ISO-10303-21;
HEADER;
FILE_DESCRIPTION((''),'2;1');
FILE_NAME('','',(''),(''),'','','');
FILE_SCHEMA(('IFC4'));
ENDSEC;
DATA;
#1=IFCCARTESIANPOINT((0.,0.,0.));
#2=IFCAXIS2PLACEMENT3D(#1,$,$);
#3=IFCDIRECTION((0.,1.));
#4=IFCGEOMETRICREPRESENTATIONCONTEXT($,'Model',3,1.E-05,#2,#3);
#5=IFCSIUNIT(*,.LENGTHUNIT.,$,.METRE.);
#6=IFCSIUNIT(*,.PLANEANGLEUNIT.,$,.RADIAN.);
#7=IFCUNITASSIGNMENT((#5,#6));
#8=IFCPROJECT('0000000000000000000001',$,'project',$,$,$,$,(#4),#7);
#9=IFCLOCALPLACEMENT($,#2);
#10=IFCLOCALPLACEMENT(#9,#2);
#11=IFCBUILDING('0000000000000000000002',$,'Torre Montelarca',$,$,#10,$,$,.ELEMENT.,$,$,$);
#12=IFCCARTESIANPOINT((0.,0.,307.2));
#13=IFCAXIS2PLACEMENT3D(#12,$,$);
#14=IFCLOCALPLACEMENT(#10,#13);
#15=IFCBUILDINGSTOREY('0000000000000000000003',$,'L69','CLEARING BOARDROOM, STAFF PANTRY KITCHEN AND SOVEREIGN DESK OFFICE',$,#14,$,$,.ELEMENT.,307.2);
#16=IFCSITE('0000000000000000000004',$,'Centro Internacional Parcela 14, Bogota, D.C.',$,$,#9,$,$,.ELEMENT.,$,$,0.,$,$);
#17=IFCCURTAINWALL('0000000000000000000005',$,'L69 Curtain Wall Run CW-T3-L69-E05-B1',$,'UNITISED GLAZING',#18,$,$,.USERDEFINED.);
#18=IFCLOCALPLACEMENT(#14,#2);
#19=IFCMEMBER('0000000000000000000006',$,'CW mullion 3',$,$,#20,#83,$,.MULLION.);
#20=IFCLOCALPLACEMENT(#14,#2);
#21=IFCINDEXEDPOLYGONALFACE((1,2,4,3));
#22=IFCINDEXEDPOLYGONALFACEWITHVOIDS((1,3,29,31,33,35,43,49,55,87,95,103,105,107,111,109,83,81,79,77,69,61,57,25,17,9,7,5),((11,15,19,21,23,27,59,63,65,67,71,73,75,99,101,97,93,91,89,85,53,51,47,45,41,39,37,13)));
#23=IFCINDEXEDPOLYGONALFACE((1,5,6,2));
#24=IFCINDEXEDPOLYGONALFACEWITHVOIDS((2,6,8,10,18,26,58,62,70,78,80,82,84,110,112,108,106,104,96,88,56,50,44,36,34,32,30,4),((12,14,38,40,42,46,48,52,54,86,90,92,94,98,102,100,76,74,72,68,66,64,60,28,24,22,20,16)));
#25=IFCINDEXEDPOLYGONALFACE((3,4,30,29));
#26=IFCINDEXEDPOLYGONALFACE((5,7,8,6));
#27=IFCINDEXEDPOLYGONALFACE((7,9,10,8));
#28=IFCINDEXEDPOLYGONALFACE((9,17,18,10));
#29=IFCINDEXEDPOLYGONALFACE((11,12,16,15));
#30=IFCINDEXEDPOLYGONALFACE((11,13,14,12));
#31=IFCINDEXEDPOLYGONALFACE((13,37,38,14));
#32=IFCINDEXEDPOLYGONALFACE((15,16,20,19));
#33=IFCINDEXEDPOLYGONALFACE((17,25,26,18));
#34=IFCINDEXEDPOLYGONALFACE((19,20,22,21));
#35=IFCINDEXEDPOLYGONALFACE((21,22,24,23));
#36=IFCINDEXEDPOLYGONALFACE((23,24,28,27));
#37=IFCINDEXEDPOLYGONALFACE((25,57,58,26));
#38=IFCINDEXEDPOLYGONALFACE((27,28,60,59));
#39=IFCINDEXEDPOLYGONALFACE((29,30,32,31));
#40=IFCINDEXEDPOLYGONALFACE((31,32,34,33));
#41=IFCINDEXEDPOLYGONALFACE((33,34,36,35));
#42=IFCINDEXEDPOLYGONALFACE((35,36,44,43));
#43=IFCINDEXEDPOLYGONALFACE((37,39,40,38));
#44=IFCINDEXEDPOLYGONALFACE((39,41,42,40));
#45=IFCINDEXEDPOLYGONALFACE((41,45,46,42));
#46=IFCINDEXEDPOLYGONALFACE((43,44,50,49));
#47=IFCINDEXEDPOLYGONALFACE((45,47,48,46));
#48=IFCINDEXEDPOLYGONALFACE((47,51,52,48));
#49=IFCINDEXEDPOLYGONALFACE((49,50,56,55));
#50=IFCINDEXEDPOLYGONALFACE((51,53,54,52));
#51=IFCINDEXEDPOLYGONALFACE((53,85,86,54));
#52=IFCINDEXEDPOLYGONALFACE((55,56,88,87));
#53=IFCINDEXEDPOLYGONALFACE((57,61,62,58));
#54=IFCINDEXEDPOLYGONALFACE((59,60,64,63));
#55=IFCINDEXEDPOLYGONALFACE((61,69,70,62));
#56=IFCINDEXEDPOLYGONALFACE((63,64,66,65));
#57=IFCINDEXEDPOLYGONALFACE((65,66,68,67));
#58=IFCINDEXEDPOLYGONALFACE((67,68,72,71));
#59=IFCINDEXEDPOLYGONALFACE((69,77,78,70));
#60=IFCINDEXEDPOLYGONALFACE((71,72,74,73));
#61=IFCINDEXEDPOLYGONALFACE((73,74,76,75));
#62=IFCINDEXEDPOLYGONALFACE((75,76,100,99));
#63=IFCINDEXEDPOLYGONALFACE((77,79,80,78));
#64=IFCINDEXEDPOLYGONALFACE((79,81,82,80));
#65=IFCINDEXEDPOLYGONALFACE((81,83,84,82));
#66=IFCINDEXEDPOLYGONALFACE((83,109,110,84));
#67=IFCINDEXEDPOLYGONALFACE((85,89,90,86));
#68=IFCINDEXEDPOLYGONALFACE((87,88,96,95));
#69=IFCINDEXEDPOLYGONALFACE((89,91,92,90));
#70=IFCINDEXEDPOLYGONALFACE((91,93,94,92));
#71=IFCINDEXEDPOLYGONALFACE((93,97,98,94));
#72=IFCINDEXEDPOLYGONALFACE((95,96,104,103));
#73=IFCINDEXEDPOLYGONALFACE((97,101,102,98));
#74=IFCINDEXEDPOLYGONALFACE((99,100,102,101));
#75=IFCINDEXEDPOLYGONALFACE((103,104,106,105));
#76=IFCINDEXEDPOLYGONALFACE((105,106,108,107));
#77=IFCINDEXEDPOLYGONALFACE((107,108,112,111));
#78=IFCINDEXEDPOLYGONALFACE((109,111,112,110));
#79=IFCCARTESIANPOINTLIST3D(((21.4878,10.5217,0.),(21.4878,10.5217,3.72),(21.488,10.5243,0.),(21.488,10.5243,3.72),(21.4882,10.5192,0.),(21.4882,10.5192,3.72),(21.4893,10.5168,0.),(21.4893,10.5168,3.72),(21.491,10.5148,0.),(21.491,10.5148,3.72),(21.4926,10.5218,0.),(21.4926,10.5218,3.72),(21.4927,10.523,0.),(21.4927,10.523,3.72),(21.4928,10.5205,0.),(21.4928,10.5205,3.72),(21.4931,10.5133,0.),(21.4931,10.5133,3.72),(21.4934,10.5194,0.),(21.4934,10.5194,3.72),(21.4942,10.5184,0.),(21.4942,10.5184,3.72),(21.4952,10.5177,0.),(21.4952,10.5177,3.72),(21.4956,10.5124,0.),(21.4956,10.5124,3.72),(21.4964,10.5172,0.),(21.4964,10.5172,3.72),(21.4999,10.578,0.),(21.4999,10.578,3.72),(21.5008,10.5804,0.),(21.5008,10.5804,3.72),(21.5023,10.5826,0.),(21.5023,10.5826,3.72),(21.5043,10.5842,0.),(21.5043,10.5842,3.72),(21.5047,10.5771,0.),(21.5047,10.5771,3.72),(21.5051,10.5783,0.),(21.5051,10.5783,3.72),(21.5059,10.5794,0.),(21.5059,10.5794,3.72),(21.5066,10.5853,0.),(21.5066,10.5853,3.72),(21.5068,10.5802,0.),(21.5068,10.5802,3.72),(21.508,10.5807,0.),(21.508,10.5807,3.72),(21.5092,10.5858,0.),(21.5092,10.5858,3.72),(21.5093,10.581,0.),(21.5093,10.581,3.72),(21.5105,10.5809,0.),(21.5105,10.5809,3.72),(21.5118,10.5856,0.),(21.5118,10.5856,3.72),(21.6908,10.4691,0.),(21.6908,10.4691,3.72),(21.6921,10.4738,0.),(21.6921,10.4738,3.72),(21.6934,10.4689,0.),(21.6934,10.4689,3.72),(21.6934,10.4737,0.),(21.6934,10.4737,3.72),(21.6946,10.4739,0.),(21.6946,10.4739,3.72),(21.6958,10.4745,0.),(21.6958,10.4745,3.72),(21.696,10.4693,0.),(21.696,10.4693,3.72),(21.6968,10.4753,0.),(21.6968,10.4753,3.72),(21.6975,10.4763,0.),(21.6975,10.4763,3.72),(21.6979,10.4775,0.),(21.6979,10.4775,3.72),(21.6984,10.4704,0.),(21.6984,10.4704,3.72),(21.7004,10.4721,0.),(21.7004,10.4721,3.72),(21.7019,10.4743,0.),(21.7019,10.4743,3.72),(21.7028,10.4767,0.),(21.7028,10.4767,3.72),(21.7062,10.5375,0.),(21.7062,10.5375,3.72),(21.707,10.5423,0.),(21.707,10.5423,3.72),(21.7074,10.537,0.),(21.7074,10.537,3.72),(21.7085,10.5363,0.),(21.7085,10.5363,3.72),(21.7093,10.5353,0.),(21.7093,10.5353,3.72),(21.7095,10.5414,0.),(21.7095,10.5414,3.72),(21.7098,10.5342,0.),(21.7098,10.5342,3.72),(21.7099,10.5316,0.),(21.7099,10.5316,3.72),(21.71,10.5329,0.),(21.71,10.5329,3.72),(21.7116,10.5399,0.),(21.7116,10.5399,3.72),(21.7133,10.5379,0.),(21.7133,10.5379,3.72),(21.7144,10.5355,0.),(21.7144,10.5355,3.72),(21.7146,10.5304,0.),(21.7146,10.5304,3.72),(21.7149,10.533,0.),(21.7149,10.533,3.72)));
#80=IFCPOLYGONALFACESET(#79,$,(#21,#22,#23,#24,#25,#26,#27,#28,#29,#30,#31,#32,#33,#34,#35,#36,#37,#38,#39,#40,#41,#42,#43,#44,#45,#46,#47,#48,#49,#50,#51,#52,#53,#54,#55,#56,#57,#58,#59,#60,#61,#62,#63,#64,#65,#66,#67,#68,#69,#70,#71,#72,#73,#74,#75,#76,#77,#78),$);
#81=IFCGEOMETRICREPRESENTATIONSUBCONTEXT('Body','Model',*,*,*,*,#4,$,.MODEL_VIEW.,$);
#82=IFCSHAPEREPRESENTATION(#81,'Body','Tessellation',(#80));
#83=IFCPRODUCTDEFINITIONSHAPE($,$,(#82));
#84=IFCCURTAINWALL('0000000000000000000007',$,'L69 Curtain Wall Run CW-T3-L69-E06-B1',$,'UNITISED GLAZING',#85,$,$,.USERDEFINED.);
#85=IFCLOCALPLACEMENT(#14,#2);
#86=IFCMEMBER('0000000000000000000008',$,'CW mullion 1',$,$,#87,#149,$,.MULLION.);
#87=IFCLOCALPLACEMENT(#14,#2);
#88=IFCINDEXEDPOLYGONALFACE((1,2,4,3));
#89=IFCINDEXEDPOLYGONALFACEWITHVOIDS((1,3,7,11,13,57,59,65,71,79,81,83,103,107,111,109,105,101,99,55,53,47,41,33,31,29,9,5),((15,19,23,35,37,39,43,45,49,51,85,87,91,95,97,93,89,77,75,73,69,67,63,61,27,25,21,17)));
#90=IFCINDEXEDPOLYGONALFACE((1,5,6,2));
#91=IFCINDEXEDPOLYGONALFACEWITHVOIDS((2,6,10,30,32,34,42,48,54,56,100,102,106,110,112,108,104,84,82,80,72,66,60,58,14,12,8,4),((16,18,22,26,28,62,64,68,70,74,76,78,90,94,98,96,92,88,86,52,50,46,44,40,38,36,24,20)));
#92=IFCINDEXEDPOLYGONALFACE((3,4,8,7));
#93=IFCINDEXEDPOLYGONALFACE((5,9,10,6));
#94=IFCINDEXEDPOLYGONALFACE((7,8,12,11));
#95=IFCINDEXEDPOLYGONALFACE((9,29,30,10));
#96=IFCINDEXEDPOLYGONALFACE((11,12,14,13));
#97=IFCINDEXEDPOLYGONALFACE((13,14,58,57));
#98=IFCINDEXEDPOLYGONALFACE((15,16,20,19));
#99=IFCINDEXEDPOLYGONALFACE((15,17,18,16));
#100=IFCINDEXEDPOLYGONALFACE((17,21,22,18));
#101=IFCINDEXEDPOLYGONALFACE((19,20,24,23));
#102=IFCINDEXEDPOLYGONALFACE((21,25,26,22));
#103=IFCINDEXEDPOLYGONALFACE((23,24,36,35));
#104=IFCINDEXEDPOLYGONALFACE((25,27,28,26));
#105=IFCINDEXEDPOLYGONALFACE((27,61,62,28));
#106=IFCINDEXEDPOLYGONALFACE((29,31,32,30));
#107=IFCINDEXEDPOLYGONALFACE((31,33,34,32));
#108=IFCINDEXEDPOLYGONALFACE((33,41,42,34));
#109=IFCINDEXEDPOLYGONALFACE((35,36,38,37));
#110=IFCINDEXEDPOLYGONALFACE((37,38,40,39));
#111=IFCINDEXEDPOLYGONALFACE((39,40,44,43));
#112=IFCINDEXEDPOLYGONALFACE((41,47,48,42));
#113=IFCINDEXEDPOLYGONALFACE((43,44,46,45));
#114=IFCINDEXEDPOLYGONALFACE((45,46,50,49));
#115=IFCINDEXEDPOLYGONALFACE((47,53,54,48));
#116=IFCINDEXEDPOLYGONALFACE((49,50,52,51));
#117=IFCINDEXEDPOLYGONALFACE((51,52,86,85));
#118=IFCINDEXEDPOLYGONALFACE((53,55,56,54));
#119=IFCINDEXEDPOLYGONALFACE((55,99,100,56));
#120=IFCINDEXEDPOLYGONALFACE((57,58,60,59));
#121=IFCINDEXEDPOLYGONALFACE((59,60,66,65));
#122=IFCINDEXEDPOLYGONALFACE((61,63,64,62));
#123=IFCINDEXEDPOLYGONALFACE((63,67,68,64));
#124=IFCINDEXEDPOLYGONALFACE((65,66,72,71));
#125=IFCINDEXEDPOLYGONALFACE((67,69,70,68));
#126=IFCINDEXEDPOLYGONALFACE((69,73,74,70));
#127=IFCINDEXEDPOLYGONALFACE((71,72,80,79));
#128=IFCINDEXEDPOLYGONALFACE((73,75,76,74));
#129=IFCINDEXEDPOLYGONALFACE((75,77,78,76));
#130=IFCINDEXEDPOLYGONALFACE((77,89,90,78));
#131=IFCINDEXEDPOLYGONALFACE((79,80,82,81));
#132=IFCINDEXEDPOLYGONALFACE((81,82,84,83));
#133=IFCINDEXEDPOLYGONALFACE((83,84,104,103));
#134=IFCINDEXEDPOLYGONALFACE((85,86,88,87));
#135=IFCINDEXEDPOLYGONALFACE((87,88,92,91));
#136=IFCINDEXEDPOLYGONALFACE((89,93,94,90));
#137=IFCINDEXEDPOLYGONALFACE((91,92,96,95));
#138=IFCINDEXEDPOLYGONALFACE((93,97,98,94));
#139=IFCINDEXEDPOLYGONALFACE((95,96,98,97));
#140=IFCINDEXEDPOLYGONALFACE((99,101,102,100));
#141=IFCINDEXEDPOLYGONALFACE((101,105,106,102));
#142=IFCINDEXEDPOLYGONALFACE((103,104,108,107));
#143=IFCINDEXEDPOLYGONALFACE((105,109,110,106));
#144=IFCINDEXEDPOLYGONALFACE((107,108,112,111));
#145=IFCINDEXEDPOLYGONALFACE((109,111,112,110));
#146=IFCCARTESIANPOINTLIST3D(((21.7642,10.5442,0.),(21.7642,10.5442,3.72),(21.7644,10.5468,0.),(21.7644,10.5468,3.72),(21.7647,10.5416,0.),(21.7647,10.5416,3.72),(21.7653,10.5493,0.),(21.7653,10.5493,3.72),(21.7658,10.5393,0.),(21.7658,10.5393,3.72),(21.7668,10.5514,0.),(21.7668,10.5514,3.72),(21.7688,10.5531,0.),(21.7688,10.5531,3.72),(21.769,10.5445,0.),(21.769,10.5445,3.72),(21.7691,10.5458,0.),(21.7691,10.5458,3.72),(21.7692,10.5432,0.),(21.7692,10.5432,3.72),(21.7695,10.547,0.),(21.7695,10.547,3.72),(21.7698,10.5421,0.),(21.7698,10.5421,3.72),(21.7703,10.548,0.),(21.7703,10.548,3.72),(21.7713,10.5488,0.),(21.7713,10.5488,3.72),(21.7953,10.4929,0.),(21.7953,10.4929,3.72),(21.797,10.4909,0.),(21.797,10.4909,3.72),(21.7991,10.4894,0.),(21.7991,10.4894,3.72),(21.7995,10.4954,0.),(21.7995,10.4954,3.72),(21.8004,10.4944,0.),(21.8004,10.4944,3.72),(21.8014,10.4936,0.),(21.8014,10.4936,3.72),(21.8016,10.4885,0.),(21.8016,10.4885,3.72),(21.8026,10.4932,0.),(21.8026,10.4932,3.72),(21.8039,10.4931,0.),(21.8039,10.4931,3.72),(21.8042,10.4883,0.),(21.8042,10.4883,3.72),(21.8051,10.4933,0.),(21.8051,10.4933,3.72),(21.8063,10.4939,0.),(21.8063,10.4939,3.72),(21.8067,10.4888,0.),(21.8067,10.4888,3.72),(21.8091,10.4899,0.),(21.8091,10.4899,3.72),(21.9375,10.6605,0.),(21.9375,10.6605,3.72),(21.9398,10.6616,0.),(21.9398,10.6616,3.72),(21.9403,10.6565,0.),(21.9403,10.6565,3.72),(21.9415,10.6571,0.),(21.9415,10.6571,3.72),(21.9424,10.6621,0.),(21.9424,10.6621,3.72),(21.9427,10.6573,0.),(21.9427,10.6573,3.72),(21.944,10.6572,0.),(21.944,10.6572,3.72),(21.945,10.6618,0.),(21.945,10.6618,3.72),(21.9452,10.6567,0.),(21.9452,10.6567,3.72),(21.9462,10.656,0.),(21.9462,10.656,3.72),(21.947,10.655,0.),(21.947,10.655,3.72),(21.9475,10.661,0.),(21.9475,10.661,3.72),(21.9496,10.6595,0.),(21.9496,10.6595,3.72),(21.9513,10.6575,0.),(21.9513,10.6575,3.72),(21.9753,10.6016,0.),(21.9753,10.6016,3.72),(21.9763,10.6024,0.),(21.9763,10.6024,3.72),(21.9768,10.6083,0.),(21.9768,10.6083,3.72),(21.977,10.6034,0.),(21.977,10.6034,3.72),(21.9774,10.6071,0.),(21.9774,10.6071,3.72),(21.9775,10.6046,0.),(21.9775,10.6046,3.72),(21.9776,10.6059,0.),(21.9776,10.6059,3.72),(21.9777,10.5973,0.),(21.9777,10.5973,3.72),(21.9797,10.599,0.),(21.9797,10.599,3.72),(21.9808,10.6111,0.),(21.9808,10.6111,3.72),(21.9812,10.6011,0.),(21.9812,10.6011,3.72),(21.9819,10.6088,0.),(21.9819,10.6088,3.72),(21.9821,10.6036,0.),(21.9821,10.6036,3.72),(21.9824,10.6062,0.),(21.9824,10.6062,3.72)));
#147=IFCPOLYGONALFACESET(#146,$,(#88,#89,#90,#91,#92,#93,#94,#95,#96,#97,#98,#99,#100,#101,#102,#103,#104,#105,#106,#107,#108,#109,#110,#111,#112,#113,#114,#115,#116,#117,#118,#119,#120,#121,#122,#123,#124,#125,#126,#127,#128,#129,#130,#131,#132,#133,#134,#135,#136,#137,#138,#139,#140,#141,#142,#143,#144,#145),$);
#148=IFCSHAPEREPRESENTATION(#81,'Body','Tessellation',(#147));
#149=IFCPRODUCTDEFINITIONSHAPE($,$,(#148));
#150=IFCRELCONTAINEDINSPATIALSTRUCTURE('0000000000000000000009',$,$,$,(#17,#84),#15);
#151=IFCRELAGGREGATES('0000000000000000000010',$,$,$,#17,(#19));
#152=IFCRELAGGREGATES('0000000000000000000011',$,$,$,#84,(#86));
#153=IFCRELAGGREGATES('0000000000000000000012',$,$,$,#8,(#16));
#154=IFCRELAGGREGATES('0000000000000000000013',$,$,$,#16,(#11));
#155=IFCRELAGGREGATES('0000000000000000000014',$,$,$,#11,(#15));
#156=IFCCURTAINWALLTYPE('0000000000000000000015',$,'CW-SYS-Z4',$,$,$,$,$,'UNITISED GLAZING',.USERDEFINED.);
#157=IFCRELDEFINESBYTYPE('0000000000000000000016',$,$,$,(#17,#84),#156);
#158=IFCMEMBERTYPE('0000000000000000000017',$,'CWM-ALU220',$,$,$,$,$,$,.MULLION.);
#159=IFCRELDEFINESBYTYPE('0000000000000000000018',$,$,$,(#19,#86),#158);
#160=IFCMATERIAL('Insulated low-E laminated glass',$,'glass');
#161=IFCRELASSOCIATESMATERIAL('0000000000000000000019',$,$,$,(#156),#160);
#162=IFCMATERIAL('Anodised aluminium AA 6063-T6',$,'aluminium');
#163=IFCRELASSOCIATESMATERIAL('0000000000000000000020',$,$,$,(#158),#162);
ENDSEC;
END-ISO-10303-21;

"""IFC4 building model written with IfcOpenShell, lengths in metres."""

from ifc_helpers import new_model, si_unit, direction, frame, origin, origin_2d, place, context, subcontext, project, spatial, hollow_rectangle, extrude, source, transform, mapped, material, material_profile, profile_set, type_object, element, aggregate, save


model = new_model("IFC4")

# Units and contexts
model_context = context("Model", 3, precision=1e-05, world=origin(), true_north=direction((0.0, 1.0)))
body_context = subcontext(model_context, "Body", "Model", "MODEL_VIEW")
ifc_project = project(units=[si_unit("LENGTHUNIT", "METRE"), si_unit("PLANEANGLEUNIT", "RADIAN")], contexts=[model_context])

# Site, building, storey
site_placement = place(None, origin())
site = spatial("IfcSite", under=ifc_project, at=site_placement, Name="Centro Internacional Parcela 14, Bogota, D.C.", CompositionType="ELEMENT", RefElevation=0.0)
building_placement = place(site_placement, origin())
building = spatial("IfcBuilding", under=site, at=building_placement, Name="Torre Montelarca", CompositionType="ELEMENT")
storey_placement = place(building_placement, frame((0.0, 0.0, 307.2)))
storey = spatial("IfcBuildingStorey", under=building, at=storey_placement, Name="L69", Description="CLEARING BOARDROOM, STAFF PANTRY KITCHEN AND SOVEREIGN DESK OFFICE", CompositionType="ELEMENT", Elevation=307.2)

# Curtain wall, member
ifc_material_1 = material(Name="Insulated low-E laminated glass", Category="glass")
curtain_wall_type = type_object("IfcCurtainWallType", Name="CW-SYS-Z4", ElementType="UNITISED GLAZING", PredefinedType="USERDEFINED", material=ifc_material_1)
curtain_wall_1_placement = place(storey_placement, origin())
curtain_wall_1 = element("IfcCurtainWall", 1, at=curtain_wall_1_placement, inside=storey, type_object=curtain_wall_type, Name="L69 Curtain Wall Run CW-T3-L69-E05-B1", ObjectType="UNITISED GLAZING", PredefinedType="USERDEFINED")
ifc_material_2 = material(Name="Anodised aluminium AA 6063-T6", Category="aluminium")
ifc_material_profile_1 = material_profile(ifc_material_2, hollow_rectangle(XDim=0.075, YDim=0.22, WallThickness=0.0049, InnerFilletRadius=0.0049, OuterFilletRadius=0.01, at=origin_2d()), Name="ALU75X220X5", Category="aluminium")
ifc_profile_set_1 = profile_set([ifc_material_profile_1], Name="Anodised aluminium AA 6063-T6")
member_type_1 = type_object("IfcMemberType", Name="CWM-ALU220", PredefinedType="MULLION", material=ifc_profile_set_1)
shared_shape_1 = source(origin(), body_context, "Body", "SweptSolid", [
    extrude(hollow_rectangle(XDim=0.075, YDim=0.22, WallThickness=0.0049, InnerFilletRadius=0.0049, OuterFilletRadius=0.01, at=origin_2d()), origin(), (0.0, 0.0, 1.0), 3.72),
])
member_1_placement = place(storey_placement, frame((21.6013, 10.5273, 0.0), z_axis=(0.0, 0.0, 1.0), x_axis=(0.216439, 0.976296, 0.0)))
member_1 = element("IfcMember", 2, at=member_1_placement, type_object=member_type_1, Name="CW mullion 3", PredefinedType="MULLION", context=body_context, shape_type="MappedRepresentation", body=[
    mapped(shared_shape_1, transform((0.0, 0.0, 0.0), scale=1.0)),
])

# Curtain wall, member
curtain_wall_2_placement = place(storey_placement, origin())
curtain_wall_2 = element("IfcCurtainWall", 3, at=curtain_wall_2_placement, inside=storey, type_object=curtain_wall_type, Name="L69 Curtain Wall Run CW-T3-L69-E06-B1", ObjectType="UNITISED GLAZING", PredefinedType="USERDEFINED")
member_2_placement = place(storey_placement, frame((21.8733, 10.5752, 0.0), z_axis=(0.0, 0.0, 1.0), x_axis=(-0.537302, 0.84339, 0.0)))
member_2 = element("IfcMember", 4, at=member_2_placement, type_object=member_type_1, Name="CW mullion 1", PredefinedType="MULLION", context=body_context, shape_type="MappedRepresentation", body=[
    mapped(shared_shape_1, transform((0.0, 0.0, 0.0), scale=1.0)),
])

aggregate(curtain_wall_1, [member_1])
aggregate(curtain_wall_2, [member_2])

save(model, "model.ifc")
